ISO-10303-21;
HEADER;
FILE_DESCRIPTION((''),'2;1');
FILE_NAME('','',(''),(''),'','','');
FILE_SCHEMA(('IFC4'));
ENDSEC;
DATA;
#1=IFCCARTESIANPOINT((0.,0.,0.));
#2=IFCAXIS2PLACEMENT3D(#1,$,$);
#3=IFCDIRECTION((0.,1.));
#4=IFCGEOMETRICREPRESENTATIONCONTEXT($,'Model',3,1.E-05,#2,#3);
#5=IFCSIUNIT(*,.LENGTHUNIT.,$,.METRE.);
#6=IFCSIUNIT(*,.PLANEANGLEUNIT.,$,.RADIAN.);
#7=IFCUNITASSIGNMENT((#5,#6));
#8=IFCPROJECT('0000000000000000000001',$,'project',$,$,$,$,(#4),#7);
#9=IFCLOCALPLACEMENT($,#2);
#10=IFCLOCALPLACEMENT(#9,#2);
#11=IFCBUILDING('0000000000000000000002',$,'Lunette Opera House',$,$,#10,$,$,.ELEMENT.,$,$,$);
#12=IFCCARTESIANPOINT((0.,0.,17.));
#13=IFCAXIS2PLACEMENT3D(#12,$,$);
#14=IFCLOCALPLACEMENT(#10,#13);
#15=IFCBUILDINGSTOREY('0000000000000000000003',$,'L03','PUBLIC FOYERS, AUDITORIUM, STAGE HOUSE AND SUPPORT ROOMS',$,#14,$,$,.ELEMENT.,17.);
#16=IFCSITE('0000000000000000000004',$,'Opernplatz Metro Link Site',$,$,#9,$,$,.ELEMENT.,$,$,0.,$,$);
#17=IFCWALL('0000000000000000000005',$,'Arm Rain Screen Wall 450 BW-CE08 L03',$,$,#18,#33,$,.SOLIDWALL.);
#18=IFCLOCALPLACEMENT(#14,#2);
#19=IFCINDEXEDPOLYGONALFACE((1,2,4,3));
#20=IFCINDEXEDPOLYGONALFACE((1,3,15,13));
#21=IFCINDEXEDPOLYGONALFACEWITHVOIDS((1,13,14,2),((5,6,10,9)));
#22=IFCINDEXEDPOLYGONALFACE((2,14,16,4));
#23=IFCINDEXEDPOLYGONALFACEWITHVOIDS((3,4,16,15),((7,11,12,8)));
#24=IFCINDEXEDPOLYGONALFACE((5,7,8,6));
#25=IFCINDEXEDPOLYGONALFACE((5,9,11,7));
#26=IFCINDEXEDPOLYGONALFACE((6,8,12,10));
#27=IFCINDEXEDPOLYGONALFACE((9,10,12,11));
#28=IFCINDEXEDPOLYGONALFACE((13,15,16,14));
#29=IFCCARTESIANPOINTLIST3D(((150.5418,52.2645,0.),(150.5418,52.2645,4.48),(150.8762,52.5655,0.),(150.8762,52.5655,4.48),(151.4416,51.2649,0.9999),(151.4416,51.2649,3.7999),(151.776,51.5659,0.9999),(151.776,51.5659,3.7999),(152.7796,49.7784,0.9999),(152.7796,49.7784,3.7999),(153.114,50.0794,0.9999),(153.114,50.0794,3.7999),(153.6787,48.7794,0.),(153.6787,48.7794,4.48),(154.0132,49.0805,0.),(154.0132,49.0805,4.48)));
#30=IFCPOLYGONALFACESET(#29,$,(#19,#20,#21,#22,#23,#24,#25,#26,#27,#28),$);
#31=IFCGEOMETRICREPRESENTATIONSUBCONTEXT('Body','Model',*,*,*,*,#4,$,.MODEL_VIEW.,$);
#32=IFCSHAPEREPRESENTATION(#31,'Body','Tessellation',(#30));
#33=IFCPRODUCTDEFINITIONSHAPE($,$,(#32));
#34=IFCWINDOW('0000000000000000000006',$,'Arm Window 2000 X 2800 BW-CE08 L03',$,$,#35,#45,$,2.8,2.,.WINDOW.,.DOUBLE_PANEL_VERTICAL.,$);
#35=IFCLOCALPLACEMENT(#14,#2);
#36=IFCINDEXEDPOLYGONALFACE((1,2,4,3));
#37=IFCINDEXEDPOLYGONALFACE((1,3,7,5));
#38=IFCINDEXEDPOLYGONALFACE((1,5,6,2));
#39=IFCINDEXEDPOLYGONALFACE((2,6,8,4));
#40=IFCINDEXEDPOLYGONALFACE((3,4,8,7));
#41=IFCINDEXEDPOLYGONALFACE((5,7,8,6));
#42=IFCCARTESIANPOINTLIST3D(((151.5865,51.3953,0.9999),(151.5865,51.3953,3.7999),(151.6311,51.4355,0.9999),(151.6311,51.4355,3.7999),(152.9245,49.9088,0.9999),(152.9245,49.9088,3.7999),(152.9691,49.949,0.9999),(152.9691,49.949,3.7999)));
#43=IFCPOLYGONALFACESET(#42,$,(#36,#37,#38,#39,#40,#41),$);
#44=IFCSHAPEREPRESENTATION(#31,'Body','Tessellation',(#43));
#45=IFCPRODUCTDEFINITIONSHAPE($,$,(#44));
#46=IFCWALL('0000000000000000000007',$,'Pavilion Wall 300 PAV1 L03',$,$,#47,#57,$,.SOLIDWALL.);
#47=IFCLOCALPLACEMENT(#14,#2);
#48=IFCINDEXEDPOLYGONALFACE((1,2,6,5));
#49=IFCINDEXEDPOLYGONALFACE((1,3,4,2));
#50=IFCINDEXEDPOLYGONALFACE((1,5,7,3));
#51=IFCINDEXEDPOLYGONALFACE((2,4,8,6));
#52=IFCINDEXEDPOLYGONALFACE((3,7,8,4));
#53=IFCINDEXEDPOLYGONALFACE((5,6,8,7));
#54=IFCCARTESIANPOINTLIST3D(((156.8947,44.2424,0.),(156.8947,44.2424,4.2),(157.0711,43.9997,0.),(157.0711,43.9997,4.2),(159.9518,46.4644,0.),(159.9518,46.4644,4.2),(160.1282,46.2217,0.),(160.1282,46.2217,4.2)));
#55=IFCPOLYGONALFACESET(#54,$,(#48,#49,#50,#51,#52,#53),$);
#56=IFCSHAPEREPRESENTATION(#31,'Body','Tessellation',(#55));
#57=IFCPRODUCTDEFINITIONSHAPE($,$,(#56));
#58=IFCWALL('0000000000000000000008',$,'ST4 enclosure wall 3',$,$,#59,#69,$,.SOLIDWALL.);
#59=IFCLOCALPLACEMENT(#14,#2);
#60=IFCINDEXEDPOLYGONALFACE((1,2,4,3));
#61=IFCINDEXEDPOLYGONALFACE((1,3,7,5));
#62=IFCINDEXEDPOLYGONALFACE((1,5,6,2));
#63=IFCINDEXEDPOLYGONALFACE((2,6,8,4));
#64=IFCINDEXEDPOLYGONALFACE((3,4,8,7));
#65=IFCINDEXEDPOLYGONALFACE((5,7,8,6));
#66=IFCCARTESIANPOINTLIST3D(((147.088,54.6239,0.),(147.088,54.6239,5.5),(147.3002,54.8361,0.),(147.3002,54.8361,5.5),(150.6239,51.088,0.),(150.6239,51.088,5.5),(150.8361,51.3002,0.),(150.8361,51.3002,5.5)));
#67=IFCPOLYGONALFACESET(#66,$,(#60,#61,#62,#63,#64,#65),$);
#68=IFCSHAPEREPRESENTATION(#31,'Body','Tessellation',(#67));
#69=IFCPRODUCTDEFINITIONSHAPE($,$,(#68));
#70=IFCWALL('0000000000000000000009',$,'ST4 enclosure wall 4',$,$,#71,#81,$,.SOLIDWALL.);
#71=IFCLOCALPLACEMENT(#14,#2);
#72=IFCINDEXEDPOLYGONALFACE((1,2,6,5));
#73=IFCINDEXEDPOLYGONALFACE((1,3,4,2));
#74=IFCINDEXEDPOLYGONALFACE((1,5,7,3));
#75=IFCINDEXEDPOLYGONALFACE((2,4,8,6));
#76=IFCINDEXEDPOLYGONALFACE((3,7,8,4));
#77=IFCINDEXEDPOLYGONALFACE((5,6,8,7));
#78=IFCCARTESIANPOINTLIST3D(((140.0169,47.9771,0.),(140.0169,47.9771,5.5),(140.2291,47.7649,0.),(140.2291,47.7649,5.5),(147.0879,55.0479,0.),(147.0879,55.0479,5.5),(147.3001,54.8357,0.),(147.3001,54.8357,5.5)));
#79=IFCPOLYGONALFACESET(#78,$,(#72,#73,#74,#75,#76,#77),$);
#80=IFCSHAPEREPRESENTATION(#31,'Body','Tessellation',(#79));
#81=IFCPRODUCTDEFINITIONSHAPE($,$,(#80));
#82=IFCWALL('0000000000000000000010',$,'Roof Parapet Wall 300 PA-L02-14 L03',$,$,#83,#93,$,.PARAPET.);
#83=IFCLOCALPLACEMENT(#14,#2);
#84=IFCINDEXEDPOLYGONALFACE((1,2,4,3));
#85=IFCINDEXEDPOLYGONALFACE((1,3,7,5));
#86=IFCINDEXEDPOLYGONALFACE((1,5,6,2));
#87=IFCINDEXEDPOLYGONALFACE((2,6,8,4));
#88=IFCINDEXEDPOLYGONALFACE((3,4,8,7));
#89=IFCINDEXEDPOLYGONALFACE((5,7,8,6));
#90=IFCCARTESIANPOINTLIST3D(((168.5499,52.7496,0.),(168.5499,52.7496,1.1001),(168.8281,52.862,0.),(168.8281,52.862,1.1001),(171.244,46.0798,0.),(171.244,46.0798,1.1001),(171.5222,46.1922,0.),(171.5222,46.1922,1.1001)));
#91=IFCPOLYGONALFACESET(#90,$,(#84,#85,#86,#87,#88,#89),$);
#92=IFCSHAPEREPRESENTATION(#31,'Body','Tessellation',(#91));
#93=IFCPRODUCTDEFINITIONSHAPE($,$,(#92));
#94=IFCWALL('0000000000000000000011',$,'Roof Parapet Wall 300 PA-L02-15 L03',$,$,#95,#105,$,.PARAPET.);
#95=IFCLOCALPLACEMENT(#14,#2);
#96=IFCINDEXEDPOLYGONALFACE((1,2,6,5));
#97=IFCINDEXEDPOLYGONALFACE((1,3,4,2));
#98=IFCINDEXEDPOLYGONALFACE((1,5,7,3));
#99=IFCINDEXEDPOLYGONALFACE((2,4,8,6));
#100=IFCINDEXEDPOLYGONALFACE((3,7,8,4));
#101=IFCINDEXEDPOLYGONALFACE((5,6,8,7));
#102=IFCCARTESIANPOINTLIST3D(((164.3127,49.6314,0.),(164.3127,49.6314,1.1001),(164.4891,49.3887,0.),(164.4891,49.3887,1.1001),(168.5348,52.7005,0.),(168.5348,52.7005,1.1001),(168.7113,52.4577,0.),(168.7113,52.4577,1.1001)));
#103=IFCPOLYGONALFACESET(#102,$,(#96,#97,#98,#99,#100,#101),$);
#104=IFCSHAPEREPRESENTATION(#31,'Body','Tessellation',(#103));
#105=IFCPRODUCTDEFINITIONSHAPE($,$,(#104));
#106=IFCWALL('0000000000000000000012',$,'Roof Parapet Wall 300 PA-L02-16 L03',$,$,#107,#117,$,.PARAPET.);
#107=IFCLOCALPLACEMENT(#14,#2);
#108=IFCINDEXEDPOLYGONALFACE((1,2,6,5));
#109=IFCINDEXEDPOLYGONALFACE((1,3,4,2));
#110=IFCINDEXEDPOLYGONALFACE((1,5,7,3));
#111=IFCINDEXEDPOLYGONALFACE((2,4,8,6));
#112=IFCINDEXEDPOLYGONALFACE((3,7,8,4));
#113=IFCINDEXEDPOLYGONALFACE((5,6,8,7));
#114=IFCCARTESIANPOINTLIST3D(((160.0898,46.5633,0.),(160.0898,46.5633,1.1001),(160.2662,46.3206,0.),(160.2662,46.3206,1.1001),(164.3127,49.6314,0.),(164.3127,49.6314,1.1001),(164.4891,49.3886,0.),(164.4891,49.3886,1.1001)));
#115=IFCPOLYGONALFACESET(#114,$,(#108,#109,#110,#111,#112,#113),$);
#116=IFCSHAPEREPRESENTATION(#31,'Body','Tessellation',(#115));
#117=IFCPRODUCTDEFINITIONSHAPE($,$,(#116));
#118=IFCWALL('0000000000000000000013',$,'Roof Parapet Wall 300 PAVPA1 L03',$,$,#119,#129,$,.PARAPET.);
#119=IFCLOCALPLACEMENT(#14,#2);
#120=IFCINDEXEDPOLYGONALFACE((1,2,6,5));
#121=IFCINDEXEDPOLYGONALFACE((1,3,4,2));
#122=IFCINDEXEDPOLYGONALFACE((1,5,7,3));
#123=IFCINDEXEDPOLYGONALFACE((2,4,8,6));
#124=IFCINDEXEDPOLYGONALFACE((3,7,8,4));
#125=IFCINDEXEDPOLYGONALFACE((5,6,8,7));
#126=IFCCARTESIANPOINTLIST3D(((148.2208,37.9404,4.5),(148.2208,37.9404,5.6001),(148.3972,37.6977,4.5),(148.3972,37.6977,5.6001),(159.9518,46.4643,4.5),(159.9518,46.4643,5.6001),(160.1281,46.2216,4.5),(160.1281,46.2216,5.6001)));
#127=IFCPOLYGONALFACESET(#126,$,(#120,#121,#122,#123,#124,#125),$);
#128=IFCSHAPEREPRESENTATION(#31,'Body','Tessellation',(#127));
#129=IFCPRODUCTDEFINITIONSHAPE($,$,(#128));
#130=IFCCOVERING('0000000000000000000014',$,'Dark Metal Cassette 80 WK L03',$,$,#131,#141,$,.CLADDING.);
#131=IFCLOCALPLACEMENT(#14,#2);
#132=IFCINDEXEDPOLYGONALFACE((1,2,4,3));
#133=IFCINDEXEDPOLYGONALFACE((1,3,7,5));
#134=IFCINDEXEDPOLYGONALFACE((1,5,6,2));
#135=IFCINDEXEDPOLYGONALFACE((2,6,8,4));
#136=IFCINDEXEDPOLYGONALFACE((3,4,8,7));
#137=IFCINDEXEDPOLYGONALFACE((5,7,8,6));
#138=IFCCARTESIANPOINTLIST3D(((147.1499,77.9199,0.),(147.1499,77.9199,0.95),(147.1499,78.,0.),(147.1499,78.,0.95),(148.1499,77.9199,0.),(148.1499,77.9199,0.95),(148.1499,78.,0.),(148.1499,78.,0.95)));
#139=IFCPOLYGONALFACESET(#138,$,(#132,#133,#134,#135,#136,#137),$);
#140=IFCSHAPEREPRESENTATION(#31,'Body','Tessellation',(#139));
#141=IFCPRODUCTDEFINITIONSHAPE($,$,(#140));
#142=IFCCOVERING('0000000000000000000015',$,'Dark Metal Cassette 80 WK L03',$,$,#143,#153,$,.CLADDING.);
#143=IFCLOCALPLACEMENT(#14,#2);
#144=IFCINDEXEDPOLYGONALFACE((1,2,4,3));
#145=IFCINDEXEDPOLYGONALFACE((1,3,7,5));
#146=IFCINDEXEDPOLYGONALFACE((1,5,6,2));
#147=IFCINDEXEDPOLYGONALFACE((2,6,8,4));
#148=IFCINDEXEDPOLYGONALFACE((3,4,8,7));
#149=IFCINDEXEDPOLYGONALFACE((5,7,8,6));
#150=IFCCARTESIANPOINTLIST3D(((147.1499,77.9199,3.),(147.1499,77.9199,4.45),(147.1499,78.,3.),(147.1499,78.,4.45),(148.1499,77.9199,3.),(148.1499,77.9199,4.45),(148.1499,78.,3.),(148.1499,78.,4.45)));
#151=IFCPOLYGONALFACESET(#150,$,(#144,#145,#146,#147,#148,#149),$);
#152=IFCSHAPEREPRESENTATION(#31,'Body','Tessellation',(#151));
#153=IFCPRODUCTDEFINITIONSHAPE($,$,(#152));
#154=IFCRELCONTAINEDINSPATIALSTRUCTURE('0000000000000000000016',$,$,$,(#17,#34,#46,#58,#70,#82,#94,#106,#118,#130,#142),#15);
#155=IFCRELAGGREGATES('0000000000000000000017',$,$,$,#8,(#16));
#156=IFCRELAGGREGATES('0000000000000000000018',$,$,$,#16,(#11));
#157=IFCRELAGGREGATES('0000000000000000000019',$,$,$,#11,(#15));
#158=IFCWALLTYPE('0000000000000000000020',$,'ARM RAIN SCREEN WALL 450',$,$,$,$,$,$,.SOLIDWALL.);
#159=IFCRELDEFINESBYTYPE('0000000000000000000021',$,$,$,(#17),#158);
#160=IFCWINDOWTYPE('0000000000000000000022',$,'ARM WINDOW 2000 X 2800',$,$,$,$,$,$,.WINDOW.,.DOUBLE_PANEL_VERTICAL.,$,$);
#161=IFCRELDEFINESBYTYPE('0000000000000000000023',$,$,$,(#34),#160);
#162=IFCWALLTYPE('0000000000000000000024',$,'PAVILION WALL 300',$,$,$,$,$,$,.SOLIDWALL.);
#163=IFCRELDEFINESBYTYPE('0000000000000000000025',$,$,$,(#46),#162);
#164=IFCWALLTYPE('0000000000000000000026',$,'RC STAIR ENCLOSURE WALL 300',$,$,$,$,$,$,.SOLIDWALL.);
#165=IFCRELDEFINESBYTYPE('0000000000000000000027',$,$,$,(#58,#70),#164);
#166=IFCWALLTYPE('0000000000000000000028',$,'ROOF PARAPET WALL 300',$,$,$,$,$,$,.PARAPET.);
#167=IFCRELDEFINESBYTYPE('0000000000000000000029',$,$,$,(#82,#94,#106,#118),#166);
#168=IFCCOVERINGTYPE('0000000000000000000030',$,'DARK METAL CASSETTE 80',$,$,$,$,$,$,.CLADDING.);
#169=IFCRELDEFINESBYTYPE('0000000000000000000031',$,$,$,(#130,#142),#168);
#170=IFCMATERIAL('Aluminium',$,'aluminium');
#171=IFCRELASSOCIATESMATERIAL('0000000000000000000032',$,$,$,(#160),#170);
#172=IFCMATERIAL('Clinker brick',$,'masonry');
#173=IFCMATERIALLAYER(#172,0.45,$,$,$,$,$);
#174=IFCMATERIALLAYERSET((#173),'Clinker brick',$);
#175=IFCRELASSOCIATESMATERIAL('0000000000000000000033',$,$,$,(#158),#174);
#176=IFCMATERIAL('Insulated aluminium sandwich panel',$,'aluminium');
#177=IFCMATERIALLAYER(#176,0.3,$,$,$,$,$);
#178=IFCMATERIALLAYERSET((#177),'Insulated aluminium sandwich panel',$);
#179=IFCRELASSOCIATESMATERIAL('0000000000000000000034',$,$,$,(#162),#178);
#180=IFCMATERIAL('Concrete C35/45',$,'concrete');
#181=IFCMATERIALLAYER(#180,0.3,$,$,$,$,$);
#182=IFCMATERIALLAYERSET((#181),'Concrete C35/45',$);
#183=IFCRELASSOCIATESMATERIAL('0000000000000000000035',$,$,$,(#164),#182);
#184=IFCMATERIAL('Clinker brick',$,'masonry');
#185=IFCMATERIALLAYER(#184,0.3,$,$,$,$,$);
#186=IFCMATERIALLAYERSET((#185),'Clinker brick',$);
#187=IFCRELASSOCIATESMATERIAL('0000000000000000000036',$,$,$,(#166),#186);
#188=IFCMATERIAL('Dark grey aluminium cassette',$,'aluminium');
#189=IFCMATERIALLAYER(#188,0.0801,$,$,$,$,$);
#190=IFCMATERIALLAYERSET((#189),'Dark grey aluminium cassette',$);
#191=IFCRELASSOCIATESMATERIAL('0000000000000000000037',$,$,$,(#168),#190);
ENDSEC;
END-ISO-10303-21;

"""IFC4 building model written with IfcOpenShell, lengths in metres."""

from ifc_helpers import new_model, si_unit, direction, frame, frame_2d, origin, origin_2d, place, context, subcontext, project, spatial, rectangle, extrude, material, layer, layer_set, type_object, element, fill, save


model = new_model("IFC4")

# Units and contexts
model_context = context("Model", 3, precision=1e-05, world=origin(), true_north=direction((0.0, 1.0)))
body_context = subcontext(model_context, "Body", "Model", "MODEL_VIEW")
ifc_project = project(units=[si_unit("LENGTHUNIT", "METRE"), si_unit("PLANEANGLEUNIT", "RADIAN")], contexts=[model_context])

# Site, building, storey
site_placement = place(None, origin())
site = spatial("IfcSite", under=ifc_project, at=site_placement, Name="Opernplatz Metro Link Site", CompositionType="ELEMENT", RefElevation=0.0)
building_placement = place(site_placement, origin())
building = spatial("IfcBuilding", under=site, at=building_placement, Name="Lunette Opera House", CompositionType="ELEMENT")
storey_placement = place(building_placement, frame((0.0, 0.0, 17.0)))
storey = spatial("IfcBuildingStorey", under=building, at=storey_placement, Name="L03", Description="PUBLIC FOYERS, AUDITORIUM, STAGE HOUSE AND SUPPORT ROOMS", CompositionType="ELEMENT", Elevation=17.0)

# Wall, opening, window
ifc_material_1 = material(Name="Aluminium", Category="aluminium")
window_type = type_object("IfcWindowType", Name="ARM WINDOW 2000 X 2800", PartitioningType="DOUBLE_PANEL_VERTICAL", PredefinedType="WINDOW", material=ifc_material_1)
ifc_material_2 = material(Name="Clinker brick", Category="masonry")
ifc_layer_1 = layer(ifc_material_2, 0.45)
ifc_layer_set_1 = layer_set([ifc_layer_1], Name="Clinker brick")
wall_type_1 = type_object("IfcWallType", Name="ARM RAIN SCREEN WALL 450", PredefinedType="SOLIDWALL", material=ifc_layer_set_1)
wall_1_placement = place(storey_placement, frame((150.709, 52.415, 0.0), z_axis=(0.0, 0.0, 1.0), x_axis=(0.669008, -0.743255, 0.0)))
wall_1 = element("IfcWall", 1, at=wall_1_placement, inside=storey, type_object=wall_type_1, Name="Arm Rain Screen Wall 450 BW-CE08 L03", PredefinedType="SOLIDWALL", context=body_context, shape_type="SweptSolid", body=[
    extrude(rectangle(XDim=4.689, YDim=0.45, at=frame_2d((2.3445, 0.0))), origin(), (0.0, 0.0, 1.0), 4.48),
])
opening_1_placement = place(wall_1_placement, frame((1.345, 0.0, 1.0)))
opening_1 = element("IfcOpeningElement", 2, at=opening_1_placement, cuts=wall_1, PredefinedType="OPENING", context=body_context, shape_type="SweptSolid", body=[
    extrude(rectangle(XDim=2.0, YDim=2.8, at=frame_2d((1.0, 1.3999))), frame((0.0, 0.2371, 0.0), z_axis=(0.0, -1.0, 0.0), x_axis=(1.0, 0.0, 0.0)), (0.0, 0.0, 1.0), 0.4739),
])
window_1_placement = place(opening_1_placement, origin())
window_1 = element("IfcWindow", 3, at=window_1_placement, inside=storey, type_object=window_type, Name="Arm Window 2000 X 2800 BW-CE08 L03", OverallHeight=2.8, OverallWidth=2.0, PartitioningType="DOUBLE_PANEL_VERTICAL", PredefinedType="WINDOW", context=body_context, shape_type="SweptSolid", body=[
    extrude(rectangle(XDim=2.0, YDim=2.8, at=frame_2d((1.0, 1.3999))), frame((0.0, 0.03, 0.0), z_axis=(0.0, -1.0, 0.0), x_axis=(1.0, 0.0, 0.0)), (0.0, 0.0, 1.0), 0.0601),
])
fill(opening_1, window_1)

# Walls
ifc_material_3 = material(Name="Insulated aluminium sandwich panel", Category="aluminium")
ifc_layer_2 = layer(ifc_material_3, 0.3)
ifc_layer_set_2 = layer_set([ifc_layer_2], Name="Insulated aluminium sandwich panel")
wall_type_2 = type_object("IfcWallType", Name="PAVILION WALL 300", PredefinedType="SOLIDWALL", material=ifc_layer_set_2)
wall_2_placement = place(storey_placement, frame((160.04, 46.343, 0.0), z_axis=(0.0, 0.0, 1.0), x_axis=(-0.808918, -0.587922, 0.0)))
element("IfcWall", 4, at=wall_2_placement, inside=storey, type_object=wall_type_2, Name="Pavilion Wall 300 PAV1 L03", PredefinedType="SOLIDWALL", context=body_context, shape_type="SweptSolid", body=[
    extrude(rectangle(XDim=3.7793, YDim=0.3, at=frame_2d((1.8896, 0.0))), origin(), (0.0, 0.0, 1.0), 4.2),
])
ifc_material_4 = material(Name="Concrete C35/45", Category="concrete")
ifc_layer_3 = layer(ifc_material_4, 0.3)
ifc_layer_set_3 = layer_set([ifc_layer_3], Name="Concrete C35/45")
wall_type_3 = type_object("IfcWallType", Name="RC STAIR ENCLOSURE WALL 300", PredefinedType="SOLIDWALL", material=ifc_layer_set_3)
wall_3_placement = place(storey_placement, frame((150.73, 51.1941, 0.0), z_axis=(0.0, 0.0, 1.0), x_axis=(-0.707107, 0.707107, 0.0)))
element("IfcWall", 5, at=wall_3_placement, inside=storey, type_object=wall_type_3, Name="ST4 enclosure wall 3", PredefinedType="SOLIDWALL", context=body_context, shape_type="SweptSolid", body=[
    extrude(rectangle(XDim=5.0005, YDim=0.3, at=frame_2d((2.5002, 0.0))), origin(), (0.0, 0.0, 1.0), 5.5),
])
wall_4_placement = place(storey_placement, frame((147.1941, 54.9419, 0.0), z_axis=(0.0, 0.0, 1.0), x_axis=(-0.707119, -0.707095, 0.0)))
element("IfcWall", 6, at=wall_4_placement, inside=storey, type_object=wall_type_3, Name="ST4 enclosure wall 4", PredefinedType="SOLIDWALL", context=body_context, shape_type="SweptSolid", body=[
    extrude(rectangle(XDim=9.9998, YDim=0.3, at=frame_2d((5.0, 0.0))), origin(), (0.0, 0.0, 1.0), 5.5),
])
ifc_material_5 = material(Name="Clinker brick", Category="masonry")
ifc_layer_4 = layer(ifc_material_5, 0.3)
ifc_layer_set_4 = layer_set([ifc_layer_4], Name="Clinker brick")
wall_type_4 = type_object("IfcWallType", Name="ROOF PARAPET WALL 300", PredefinedType="PARAPET", material=ifc_layer_set_4)
wall_5_placement = place(storey_placement, frame((171.3831, 46.136, 0.0), z_axis=(0.0, 0.0, 1.0), x_axis=(-0.374519, 0.927219, 0.0)))
element("IfcWall", 7, at=wall_5_placement, inside=storey, type_object=wall_type_4, Name="Roof Parapet Wall 300 PA-L02-14 L03", PredefinedType="PARAPET", context=body_context, shape_type="SweptSolid", body=[
    extrude(rectangle(XDim=7.1934, YDim=0.3, at=frame_2d((3.5967, 0.0))), origin(), (0.0, 0.0, 1.0), 1.1001),
])
for number, where, z_axis, x_axis, name in (
    (8, (168.623, 52.5791, 0.0), (0.0, 0.0, 1.0), (-0.80888, -0.587974, 0.0), "Roof Parapet Wall 300 PA-L02-15 L03"),
    (9, (164.4009, 49.51, 0.0), (0.0, 0.0, 1.0), (-0.809017, -0.587785, 0.0), "Roof Parapet Wall 300 PA-L02-16 L03"),
):
    element("IfcWall", number, at=place(storey_placement, frame(where, z_axis=z_axis, x_axis=x_axis)), inside=storey, type_object=wall_type_4, Name=name, PredefinedType="PARAPET", context=body_context, shape_type="SweptSolid", body=[
        extrude(rectangle(XDim=5.2197, YDim=0.3, at=frame_2d((2.6099, 0.0))), origin(), (0.0, 0.0, 1.0), 1.1001),
    ])
wall_6_placement = place(storey_placement, frame((160.04, 46.343, 4.5), z_axis=(0.0, 0.0, 1.0), x_axis=(-0.808988, -0.587825, 0.0)))
element("IfcWall", 10, at=wall_6_placement, inside=storey, type_object=wall_type_4, Name="Roof Parapet Wall 300 PAVPA1 L03", PredefinedType="PARAPET", context=body_context, shape_type="SweptSolid", body=[
    extrude(rectangle(XDim=14.5007, YDim=0.3, at=frame_2d((7.2505, 0.0))), origin(), (0.0, 0.0, 1.0), 1.1001),
])

# Coverings
ifc_material_6 = material(Name="Dark grey aluminium cassette", Category="aluminium")
ifc_layer_5 = layer(ifc_material_6, 0.0801)
ifc_layer_set_5 = layer_set([ifc_layer_5], Name="Dark grey aluminium cassette")
covering_type_1 = type_object("IfcCoveringType", Name="DARK METAL CASSETTE 80", PredefinedType="CLADDING", material=ifc_layer_set_5)
covering_1_placement = place(storey_placement, frame((147.6499, 77.96, 0.0), z_axis=(0.0, 0.0, 1.0), x_axis=(1.0, 0.0, 0.0)))
element("IfcCovering", 11, at=covering_1_placement, inside=storey, type_object=covering_type_1, Name="Dark Metal Cassette 80 WK L03", PredefinedType="CLADDING", context=body_context, shape_type="SweptSolid", body=[
    extrude(rectangle(XDim=1.0, YDim=0.0801, at=origin_2d()), origin(), (0.0, 0.0, 1.0), 0.95),
])
covering_2_placement = place(storey_placement, frame((147.6499, 77.96, 3.0), z_axis=(0.0, 0.0, 1.0), x_axis=(1.0, 0.0, 0.0)))
element("IfcCovering", 12, at=covering_2_placement, inside=storey, type_object=covering_type_1, Name="Dark Metal Cassette 80 WK L03", PredefinedType="CLADDING", context=body_context, shape_type="SweptSolid", body=[
    extrude(rectangle(XDim=1.0, YDim=0.0801, at=origin_2d()), origin(), (0.0, 0.0, 1.0), 1.45),
])

save(model, "model.ifc")
